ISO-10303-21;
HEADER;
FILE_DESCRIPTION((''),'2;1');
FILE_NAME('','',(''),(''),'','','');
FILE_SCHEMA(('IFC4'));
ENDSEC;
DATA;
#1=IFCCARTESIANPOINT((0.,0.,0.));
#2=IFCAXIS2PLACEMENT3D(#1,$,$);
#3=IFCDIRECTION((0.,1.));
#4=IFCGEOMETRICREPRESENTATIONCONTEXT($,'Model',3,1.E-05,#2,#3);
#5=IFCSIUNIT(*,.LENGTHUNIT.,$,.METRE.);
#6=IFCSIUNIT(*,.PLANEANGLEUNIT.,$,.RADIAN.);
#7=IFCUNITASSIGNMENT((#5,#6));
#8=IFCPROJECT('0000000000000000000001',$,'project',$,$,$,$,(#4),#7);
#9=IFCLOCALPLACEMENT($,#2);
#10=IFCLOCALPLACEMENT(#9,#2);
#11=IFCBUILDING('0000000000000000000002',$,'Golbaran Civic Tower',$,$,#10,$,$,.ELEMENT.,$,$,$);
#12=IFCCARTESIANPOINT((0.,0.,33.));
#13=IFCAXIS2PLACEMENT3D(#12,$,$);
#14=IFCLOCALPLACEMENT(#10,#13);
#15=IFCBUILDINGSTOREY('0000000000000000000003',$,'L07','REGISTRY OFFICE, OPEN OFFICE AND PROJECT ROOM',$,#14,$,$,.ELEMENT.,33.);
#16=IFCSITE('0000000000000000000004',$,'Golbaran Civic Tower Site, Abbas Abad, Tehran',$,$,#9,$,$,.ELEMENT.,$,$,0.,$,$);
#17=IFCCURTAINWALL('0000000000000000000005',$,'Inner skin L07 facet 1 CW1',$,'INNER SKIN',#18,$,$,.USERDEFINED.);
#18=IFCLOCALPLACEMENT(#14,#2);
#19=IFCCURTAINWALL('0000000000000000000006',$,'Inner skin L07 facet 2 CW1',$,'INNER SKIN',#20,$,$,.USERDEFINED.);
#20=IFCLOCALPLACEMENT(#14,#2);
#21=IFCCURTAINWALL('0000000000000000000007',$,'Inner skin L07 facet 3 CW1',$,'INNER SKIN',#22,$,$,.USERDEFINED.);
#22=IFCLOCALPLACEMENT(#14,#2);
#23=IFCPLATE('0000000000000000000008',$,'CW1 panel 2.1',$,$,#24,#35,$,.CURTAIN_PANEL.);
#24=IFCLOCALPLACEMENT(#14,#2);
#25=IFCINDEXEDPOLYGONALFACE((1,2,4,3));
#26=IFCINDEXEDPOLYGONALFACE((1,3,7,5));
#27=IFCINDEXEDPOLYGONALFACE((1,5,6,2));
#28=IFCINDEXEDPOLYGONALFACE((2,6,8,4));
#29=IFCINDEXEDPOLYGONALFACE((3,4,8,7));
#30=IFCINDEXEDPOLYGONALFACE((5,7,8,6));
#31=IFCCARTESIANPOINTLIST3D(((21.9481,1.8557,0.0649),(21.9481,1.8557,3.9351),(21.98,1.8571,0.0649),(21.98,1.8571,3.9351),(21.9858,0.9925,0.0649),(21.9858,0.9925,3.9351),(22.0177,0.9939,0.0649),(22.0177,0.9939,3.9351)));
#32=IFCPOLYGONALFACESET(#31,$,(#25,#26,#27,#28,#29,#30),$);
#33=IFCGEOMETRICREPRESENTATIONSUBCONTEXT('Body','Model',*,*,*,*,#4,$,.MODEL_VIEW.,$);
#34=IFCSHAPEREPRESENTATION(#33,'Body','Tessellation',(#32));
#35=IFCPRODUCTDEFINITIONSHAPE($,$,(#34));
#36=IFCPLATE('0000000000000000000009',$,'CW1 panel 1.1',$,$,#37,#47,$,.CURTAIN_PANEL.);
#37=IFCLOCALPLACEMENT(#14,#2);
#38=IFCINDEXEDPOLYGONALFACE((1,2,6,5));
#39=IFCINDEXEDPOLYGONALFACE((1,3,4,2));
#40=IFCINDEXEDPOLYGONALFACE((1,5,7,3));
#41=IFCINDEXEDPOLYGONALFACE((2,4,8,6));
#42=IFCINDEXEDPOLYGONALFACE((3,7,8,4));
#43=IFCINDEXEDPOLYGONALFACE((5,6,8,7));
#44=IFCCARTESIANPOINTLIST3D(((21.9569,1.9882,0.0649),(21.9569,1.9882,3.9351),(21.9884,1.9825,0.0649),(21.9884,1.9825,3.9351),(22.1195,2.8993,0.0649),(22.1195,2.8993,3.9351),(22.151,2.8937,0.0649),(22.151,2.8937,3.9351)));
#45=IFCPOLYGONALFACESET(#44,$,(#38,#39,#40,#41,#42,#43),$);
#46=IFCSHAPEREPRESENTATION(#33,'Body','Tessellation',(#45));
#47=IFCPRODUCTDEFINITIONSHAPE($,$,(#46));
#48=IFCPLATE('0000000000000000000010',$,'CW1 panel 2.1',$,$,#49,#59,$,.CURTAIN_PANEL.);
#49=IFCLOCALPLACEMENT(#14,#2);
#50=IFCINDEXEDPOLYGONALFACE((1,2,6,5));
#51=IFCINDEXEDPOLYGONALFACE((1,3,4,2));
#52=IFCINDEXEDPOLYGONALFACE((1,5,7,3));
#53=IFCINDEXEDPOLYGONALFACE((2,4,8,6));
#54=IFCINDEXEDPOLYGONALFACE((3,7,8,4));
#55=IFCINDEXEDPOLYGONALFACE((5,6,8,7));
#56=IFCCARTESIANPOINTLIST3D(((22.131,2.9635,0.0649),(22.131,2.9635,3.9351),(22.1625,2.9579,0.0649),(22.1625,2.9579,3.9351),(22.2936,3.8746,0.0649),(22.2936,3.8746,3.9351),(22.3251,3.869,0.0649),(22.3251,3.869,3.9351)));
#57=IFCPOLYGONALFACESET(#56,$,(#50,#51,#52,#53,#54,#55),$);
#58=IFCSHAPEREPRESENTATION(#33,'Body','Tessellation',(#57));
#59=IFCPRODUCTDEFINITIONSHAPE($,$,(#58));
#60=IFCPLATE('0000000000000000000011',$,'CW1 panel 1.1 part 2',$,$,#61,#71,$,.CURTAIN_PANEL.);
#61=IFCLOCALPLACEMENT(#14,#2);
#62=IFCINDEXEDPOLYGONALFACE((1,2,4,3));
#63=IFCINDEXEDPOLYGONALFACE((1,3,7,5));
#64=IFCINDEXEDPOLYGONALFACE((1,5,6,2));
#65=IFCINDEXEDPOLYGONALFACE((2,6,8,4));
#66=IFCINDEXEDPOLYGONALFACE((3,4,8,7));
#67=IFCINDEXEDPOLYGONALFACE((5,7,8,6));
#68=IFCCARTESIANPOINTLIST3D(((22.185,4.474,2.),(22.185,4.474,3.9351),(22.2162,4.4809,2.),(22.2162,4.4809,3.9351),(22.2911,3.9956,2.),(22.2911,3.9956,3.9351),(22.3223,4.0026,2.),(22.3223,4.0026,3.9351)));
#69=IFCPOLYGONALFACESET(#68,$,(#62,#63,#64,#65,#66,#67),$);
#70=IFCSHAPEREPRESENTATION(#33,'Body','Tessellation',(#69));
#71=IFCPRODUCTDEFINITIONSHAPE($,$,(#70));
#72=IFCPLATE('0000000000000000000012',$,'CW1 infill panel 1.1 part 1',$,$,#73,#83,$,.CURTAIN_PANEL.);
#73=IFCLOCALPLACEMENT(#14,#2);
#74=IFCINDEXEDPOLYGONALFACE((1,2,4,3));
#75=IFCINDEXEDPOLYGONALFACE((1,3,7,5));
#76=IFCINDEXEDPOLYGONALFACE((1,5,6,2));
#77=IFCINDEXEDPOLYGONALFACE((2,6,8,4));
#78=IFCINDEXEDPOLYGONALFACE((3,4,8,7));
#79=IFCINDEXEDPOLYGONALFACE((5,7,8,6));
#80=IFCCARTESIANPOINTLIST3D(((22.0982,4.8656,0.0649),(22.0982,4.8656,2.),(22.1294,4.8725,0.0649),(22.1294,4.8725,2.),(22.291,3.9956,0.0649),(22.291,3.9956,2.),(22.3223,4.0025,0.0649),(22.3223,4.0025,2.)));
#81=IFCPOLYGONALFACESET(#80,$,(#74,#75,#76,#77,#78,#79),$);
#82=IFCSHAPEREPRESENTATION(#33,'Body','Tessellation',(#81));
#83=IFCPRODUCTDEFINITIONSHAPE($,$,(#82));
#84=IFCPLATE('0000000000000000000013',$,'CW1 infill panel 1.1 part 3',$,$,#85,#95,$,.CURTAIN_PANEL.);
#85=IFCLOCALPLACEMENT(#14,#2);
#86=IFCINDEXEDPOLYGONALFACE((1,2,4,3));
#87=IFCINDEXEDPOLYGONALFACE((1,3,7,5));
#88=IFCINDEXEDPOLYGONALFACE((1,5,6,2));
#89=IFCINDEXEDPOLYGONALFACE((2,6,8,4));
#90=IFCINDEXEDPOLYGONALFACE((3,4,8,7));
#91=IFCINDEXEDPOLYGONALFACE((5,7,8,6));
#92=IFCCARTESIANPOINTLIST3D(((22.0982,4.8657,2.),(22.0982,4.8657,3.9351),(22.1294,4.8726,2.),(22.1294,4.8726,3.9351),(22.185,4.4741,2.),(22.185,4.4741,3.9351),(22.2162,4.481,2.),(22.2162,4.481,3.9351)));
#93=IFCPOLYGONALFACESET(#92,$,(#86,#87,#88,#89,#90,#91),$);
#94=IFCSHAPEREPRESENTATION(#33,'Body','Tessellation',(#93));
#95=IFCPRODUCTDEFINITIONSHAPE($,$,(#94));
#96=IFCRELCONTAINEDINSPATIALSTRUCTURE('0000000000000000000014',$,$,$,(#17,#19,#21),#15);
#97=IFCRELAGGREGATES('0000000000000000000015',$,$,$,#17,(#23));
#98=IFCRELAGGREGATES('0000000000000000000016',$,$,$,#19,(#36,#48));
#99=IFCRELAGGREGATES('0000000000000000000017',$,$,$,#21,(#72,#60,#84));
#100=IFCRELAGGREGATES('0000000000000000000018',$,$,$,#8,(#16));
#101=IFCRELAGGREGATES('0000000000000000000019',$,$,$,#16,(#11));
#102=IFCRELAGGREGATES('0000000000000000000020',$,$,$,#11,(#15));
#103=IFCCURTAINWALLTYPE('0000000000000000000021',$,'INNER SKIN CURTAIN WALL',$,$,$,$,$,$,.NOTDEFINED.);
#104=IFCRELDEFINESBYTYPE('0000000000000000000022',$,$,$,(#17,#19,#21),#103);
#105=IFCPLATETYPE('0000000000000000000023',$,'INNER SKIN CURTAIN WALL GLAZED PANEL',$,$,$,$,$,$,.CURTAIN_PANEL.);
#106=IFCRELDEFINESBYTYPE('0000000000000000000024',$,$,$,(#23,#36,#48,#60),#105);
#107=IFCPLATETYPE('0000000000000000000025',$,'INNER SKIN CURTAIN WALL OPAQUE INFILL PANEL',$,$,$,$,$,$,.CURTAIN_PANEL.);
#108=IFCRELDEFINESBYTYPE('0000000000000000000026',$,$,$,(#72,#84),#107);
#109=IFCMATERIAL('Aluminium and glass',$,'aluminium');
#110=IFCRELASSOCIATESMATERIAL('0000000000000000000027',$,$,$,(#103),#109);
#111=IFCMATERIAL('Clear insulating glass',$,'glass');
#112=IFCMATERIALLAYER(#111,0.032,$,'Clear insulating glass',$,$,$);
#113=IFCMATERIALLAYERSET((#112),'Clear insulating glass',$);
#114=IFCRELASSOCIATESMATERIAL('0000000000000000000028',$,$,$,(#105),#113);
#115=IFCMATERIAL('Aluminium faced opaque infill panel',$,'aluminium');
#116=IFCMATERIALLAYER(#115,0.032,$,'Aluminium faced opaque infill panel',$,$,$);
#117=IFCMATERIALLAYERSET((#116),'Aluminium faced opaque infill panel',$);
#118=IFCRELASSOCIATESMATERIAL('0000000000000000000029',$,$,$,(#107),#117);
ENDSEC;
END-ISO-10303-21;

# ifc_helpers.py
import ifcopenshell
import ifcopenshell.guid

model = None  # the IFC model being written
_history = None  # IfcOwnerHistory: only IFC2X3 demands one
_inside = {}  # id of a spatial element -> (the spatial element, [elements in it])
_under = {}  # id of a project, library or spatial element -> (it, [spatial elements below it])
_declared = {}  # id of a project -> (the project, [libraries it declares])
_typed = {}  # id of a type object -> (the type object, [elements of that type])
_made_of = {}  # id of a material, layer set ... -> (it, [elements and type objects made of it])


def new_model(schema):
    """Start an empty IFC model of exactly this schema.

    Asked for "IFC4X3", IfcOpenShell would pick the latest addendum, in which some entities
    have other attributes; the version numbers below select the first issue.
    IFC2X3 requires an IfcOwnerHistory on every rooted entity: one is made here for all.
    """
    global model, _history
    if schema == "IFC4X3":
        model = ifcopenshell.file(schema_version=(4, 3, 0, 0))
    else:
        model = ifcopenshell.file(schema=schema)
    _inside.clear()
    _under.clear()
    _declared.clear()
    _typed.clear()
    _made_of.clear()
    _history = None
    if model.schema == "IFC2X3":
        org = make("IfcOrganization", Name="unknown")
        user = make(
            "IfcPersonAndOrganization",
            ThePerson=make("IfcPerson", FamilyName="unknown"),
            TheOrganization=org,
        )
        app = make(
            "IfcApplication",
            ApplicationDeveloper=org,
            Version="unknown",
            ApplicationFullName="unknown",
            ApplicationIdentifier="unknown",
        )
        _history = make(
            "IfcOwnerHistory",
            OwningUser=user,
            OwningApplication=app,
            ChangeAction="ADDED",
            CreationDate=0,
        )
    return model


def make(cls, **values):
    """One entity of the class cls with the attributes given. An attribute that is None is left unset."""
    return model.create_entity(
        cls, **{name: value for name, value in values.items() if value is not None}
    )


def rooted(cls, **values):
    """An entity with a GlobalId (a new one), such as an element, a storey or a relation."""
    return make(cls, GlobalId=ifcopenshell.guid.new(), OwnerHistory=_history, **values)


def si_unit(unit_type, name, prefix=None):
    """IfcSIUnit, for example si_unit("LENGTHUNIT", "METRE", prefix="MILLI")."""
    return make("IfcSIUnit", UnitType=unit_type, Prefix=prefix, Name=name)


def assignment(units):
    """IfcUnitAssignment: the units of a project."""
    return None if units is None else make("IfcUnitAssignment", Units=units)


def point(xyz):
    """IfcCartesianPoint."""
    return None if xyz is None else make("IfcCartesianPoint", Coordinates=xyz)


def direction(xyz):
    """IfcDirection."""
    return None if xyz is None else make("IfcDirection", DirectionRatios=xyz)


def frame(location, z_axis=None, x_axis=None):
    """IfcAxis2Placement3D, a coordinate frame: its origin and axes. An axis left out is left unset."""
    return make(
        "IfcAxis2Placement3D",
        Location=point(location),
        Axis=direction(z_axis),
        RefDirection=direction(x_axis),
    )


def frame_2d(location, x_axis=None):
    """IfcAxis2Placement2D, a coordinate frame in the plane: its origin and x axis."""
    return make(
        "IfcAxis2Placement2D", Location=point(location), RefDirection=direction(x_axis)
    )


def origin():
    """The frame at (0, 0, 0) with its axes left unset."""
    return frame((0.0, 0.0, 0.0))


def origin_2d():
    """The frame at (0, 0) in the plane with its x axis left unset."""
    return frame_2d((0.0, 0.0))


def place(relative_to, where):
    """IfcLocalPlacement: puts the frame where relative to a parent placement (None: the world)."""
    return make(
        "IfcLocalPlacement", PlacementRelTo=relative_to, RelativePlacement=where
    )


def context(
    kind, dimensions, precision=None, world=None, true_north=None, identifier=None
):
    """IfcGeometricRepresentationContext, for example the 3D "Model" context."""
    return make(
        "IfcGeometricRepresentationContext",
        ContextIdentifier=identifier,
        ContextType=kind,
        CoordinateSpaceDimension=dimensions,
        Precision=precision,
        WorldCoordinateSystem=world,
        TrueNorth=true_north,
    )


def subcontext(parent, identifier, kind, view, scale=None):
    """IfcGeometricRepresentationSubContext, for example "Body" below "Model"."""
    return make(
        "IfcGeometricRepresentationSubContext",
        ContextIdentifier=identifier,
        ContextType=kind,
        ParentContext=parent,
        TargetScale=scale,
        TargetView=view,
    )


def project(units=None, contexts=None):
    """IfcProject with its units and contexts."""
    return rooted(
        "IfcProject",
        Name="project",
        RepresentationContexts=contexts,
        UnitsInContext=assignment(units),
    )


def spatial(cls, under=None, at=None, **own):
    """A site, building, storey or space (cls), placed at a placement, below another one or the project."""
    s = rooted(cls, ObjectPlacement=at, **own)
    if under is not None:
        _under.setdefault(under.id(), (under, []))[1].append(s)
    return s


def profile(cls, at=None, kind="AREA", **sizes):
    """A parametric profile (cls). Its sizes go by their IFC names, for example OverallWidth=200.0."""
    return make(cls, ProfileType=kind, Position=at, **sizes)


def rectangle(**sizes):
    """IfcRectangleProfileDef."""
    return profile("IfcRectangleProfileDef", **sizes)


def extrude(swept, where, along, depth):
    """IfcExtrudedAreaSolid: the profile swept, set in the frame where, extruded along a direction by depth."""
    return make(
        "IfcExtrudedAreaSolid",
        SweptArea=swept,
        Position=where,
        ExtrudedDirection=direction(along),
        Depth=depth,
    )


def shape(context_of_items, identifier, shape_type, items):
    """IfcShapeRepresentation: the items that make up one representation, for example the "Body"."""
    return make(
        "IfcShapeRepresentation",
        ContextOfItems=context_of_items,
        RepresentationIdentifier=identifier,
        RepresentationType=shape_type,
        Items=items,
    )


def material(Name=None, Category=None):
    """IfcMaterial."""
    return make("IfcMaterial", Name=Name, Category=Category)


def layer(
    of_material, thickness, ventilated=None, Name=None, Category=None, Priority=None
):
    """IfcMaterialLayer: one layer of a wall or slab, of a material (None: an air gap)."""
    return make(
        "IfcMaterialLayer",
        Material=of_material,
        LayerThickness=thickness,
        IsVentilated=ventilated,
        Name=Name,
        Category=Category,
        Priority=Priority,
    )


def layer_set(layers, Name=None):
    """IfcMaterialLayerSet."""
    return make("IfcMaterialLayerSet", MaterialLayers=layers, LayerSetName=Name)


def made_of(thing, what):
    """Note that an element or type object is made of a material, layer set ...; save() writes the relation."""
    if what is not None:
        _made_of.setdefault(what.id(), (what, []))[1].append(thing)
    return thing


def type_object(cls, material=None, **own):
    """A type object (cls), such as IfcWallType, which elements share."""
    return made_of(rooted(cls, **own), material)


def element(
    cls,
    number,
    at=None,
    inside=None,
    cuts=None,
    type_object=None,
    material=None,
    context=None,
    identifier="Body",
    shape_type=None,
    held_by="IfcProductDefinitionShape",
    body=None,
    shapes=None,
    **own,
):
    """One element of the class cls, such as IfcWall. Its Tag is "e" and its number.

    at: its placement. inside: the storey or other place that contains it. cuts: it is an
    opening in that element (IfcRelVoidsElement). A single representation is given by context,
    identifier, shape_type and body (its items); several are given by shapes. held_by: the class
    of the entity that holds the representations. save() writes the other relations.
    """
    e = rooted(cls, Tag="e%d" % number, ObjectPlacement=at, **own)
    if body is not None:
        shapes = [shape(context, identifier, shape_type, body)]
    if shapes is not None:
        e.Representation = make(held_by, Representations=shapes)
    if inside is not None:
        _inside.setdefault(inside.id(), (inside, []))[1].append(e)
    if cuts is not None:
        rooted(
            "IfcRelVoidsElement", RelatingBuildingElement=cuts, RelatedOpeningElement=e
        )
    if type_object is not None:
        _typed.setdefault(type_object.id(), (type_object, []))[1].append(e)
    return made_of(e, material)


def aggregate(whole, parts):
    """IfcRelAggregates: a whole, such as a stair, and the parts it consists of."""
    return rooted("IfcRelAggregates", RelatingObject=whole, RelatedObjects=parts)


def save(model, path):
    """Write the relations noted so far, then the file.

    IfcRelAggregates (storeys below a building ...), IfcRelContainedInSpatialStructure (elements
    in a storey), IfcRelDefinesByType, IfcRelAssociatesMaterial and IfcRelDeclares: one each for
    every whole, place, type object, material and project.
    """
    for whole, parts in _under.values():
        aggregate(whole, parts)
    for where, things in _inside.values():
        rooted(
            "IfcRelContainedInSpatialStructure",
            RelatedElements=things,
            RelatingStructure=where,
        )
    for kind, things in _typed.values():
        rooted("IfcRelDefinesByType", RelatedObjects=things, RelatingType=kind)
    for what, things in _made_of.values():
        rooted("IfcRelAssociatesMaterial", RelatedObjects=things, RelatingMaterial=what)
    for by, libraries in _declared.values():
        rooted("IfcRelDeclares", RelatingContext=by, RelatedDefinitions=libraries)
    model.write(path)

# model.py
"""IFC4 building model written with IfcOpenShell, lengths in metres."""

from ifc_helpers import new_model, si_unit, direction, frame, origin, origin_2d, place, context, subcontext, project, spatial, rectangle, extrude, material, layer, layer_set, type_object, element, aggregate, save


model = new_model("IFC4")

# Units and contexts
model_context = context("Model", 3, precision=1e-05, world=origin(), true_north=direction((0.0, 1.0)))
body_context = subcontext(model_context, "Body", "Model", "MODEL_VIEW")
ifc_project = project(units=[si_unit("LENGTHUNIT", "METRE"), si_unit("PLANEANGLEUNIT", "RADIAN")], contexts=[model_context])

# Site, building, storey
site_placement = place(None, origin())
site = spatial("IfcSite", under=ifc_project, at=site_placement, Name="Golbaran Civic Tower Site, Abbas Abad, Tehran", CompositionType="ELEMENT", RefElevation=0.0)
building_placement = place(site_placement, origin())
building = spatial("IfcBuilding", under=site, at=building_placement, Name="Golbaran Civic Tower", CompositionType="ELEMENT")
storey_placement = place(building_placement, frame((0.0, 0.0, 33.0)))
storey = spatial("IfcBuildingStorey", under=building, at=storey_placement, Name="L07", Description="REGISTRY OFFICE, OPEN OFFICE AND PROJECT ROOM", CompositionType="ELEMENT", Elevation=33.0)

# Curtain walls
ifc_material_1 = material(Name="Aluminium and glass", Category="aluminium")
curtain_wall_type = type_object("IfcCurtainWallType", Name="INNER SKIN CURTAIN WALL", PredefinedType="NOTDEFINED", material=ifc_material_1)
curtain_wall_1_placement = place(storey_placement, origin())
curtain_wall_1 = element("IfcCurtainWall", 1, at=curtain_wall_1_placement, inside=storey, type_object=curtain_wall_type, Name="Inner skin L07 facet 1 CW1", ObjectType="INNER SKIN", PredefinedType="USERDEFINED")
curtain_wall_2_placement = place(storey_placement, origin())
curtain_wall_2 = element("IfcCurtainWall", 2, at=curtain_wall_2_placement, inside=storey, type_object=curtain_wall_type, Name="Inner skin L07 facet 2 CW1", ObjectType="INNER SKIN", PredefinedType="USERDEFINED")
curtain_wall_3_placement = place(storey_placement, origin())
curtain_wall_3 = element("IfcCurtainWall", 3, at=curtain_wall_3_placement, inside=storey, type_object=curtain_wall_type, Name="Inner skin L07 facet 3 CW1", ObjectType="INNER SKIN", PredefinedType="USERDEFINED")

# Plates
ifc_material_2 = material(Name="Clear insulating glass", Category="glass")
ifc_layer_1 = layer(ifc_material_2, 0.032, Name="Clear insulating glass")
ifc_layer_set_1 = layer_set([ifc_layer_1], Name="Clear insulating glass")
plate_type_1 = type_object("IfcPlateType", Name="INNER SKIN CURTAIN WALL GLAZED PANEL", PredefinedType="CURTAIN_PANEL", material=ifc_layer_set_1)
plate_1_placement = place(storey_placement, frame((21.9829, 1.4248, 0.0649), z_axis=(0.0, 0.0, 1.0), x_axis=(-0.043619, 0.999048, 0.0)))
plate_1 = element("IfcPlate", 4, at=plate_1_placement, type_object=plate_type_1, Name="CW1 panel 2.1", PredefinedType="CURTAIN_PANEL", context=body_context, shape_type="SweptSolid", body=[
    extrude(rectangle(XDim=0.864, YDim=0.032, at=origin_2d()), origin(), (0.0, 0.0, 1.0), 3.8701),
])
aggregate(curtain_wall_1, [plate_1])
plate_2_placement = place(storey_placement, frame((22.054, 2.4409, 0.0649), z_axis=(0.0, 0.0, 1.0), x_axis=(0.175717, 0.984441, 0.0)))
plate_2 = element("IfcPlate", 5, at=plate_2_placement, type_object=plate_type_1, Name="CW1 panel 1.1", PredefinedType="CURTAIN_PANEL", context=body_context, shape_type="SweptSolid", body=[
    extrude(rectangle(XDim=0.9255, YDim=0.032, at=origin_2d()), origin(), (0.0, 0.0, 1.0), 3.8701),
])
plate_3_placement = place(storey_placement, frame((22.228, 3.4163, 0.0649), z_axis=(0.0, 0.0, 1.0), x_axis=(0.175717, 0.984441, 0.0)))
plate_3 = element("IfcPlate", 6, at=plate_3_placement, type_object=plate_type_1, Name="CW1 panel 2.1", PredefinedType="CURTAIN_PANEL", context=body_context, shape_type="SweptSolid", body=[
    extrude(rectangle(XDim=0.9255, YDim=0.032, at=origin_2d()), origin(), (0.0, 0.0, 1.0), 3.8701),
])
aggregate(curtain_wall_2, [plate_2, plate_3])
plate_4_placement = place(storey_placement, frame((22.2537, 4.2383, 2.0), z_axis=(0.0, 0.0, 1.0), x_axis=(-0.21644, 0.976296, 0.0)))
plate_4 = element("IfcPlate", 7, at=plate_4_placement, type_object=plate_type_1, Name="CW1 panel 1.1 part 2", PredefinedType="CURTAIN_PANEL", context=body_context, shape_type="SweptSolid", body=[
    extrude(rectangle(XDim=0.49, YDim=0.032, at=origin_2d()), origin(), (0.0, 0.0, 1.0), 1.9351),
])
ifc_material_3 = material(Name="Aluminium faced opaque infill panel", Category="aluminium")
ifc_layer_2 = layer(ifc_material_3, 0.032, Name="Aluminium faced opaque infill panel")
ifc_layer_set_2 = layer_set([ifc_layer_2], Name="Aluminium faced opaque infill panel")
plate_type_2 = type_object("IfcPlateType", Name="INNER SKIN CURTAIN WALL OPAQUE INFILL PANEL", PredefinedType="CURTAIN_PANEL", material=ifc_layer_set_2)
plate_5_placement = place(storey_placement, frame((22.2102, 4.4341, 0.0649), z_axis=(0.0, 0.0, 1.0), x_axis=(-0.21644, 0.976296, 0.0)))
plate_5 = element("IfcPlate", 8, at=plate_5_placement, type_object=plate_type_2, Name="CW1 infill panel 1.1 part 1", PredefinedType="CURTAIN_PANEL", context=body_context, shape_type="SweptSolid", body=[
    extrude(rectangle(XDim=0.8911, YDim=0.032, at=origin_2d()), origin(), (0.0, 0.0, 1.0), 1.9351),
])
plate_6_placement = place(storey_placement, frame((22.1572, 4.6733, 2.0), z_axis=(0.0, 0.0, 1.0), x_axis=(-0.21644, 0.976296, 0.0)))
plate_6 = element("IfcPlate", 9, at=plate_6_placement, type_object=plate_type_2, Name="CW1 infill panel 1.1 part 3", PredefinedType="CURTAIN_PANEL", context=body_context, shape_type="SweptSolid", body=[
    extrude(rectangle(XDim=0.4011, YDim=0.032, at=origin_2d()), origin(), (0.0, 0.0, 1.0), 1.9351),
])
aggregate(curtain_wall_3, [plate_5, plate_4, plate_6])

save(model, "model.ifc")
